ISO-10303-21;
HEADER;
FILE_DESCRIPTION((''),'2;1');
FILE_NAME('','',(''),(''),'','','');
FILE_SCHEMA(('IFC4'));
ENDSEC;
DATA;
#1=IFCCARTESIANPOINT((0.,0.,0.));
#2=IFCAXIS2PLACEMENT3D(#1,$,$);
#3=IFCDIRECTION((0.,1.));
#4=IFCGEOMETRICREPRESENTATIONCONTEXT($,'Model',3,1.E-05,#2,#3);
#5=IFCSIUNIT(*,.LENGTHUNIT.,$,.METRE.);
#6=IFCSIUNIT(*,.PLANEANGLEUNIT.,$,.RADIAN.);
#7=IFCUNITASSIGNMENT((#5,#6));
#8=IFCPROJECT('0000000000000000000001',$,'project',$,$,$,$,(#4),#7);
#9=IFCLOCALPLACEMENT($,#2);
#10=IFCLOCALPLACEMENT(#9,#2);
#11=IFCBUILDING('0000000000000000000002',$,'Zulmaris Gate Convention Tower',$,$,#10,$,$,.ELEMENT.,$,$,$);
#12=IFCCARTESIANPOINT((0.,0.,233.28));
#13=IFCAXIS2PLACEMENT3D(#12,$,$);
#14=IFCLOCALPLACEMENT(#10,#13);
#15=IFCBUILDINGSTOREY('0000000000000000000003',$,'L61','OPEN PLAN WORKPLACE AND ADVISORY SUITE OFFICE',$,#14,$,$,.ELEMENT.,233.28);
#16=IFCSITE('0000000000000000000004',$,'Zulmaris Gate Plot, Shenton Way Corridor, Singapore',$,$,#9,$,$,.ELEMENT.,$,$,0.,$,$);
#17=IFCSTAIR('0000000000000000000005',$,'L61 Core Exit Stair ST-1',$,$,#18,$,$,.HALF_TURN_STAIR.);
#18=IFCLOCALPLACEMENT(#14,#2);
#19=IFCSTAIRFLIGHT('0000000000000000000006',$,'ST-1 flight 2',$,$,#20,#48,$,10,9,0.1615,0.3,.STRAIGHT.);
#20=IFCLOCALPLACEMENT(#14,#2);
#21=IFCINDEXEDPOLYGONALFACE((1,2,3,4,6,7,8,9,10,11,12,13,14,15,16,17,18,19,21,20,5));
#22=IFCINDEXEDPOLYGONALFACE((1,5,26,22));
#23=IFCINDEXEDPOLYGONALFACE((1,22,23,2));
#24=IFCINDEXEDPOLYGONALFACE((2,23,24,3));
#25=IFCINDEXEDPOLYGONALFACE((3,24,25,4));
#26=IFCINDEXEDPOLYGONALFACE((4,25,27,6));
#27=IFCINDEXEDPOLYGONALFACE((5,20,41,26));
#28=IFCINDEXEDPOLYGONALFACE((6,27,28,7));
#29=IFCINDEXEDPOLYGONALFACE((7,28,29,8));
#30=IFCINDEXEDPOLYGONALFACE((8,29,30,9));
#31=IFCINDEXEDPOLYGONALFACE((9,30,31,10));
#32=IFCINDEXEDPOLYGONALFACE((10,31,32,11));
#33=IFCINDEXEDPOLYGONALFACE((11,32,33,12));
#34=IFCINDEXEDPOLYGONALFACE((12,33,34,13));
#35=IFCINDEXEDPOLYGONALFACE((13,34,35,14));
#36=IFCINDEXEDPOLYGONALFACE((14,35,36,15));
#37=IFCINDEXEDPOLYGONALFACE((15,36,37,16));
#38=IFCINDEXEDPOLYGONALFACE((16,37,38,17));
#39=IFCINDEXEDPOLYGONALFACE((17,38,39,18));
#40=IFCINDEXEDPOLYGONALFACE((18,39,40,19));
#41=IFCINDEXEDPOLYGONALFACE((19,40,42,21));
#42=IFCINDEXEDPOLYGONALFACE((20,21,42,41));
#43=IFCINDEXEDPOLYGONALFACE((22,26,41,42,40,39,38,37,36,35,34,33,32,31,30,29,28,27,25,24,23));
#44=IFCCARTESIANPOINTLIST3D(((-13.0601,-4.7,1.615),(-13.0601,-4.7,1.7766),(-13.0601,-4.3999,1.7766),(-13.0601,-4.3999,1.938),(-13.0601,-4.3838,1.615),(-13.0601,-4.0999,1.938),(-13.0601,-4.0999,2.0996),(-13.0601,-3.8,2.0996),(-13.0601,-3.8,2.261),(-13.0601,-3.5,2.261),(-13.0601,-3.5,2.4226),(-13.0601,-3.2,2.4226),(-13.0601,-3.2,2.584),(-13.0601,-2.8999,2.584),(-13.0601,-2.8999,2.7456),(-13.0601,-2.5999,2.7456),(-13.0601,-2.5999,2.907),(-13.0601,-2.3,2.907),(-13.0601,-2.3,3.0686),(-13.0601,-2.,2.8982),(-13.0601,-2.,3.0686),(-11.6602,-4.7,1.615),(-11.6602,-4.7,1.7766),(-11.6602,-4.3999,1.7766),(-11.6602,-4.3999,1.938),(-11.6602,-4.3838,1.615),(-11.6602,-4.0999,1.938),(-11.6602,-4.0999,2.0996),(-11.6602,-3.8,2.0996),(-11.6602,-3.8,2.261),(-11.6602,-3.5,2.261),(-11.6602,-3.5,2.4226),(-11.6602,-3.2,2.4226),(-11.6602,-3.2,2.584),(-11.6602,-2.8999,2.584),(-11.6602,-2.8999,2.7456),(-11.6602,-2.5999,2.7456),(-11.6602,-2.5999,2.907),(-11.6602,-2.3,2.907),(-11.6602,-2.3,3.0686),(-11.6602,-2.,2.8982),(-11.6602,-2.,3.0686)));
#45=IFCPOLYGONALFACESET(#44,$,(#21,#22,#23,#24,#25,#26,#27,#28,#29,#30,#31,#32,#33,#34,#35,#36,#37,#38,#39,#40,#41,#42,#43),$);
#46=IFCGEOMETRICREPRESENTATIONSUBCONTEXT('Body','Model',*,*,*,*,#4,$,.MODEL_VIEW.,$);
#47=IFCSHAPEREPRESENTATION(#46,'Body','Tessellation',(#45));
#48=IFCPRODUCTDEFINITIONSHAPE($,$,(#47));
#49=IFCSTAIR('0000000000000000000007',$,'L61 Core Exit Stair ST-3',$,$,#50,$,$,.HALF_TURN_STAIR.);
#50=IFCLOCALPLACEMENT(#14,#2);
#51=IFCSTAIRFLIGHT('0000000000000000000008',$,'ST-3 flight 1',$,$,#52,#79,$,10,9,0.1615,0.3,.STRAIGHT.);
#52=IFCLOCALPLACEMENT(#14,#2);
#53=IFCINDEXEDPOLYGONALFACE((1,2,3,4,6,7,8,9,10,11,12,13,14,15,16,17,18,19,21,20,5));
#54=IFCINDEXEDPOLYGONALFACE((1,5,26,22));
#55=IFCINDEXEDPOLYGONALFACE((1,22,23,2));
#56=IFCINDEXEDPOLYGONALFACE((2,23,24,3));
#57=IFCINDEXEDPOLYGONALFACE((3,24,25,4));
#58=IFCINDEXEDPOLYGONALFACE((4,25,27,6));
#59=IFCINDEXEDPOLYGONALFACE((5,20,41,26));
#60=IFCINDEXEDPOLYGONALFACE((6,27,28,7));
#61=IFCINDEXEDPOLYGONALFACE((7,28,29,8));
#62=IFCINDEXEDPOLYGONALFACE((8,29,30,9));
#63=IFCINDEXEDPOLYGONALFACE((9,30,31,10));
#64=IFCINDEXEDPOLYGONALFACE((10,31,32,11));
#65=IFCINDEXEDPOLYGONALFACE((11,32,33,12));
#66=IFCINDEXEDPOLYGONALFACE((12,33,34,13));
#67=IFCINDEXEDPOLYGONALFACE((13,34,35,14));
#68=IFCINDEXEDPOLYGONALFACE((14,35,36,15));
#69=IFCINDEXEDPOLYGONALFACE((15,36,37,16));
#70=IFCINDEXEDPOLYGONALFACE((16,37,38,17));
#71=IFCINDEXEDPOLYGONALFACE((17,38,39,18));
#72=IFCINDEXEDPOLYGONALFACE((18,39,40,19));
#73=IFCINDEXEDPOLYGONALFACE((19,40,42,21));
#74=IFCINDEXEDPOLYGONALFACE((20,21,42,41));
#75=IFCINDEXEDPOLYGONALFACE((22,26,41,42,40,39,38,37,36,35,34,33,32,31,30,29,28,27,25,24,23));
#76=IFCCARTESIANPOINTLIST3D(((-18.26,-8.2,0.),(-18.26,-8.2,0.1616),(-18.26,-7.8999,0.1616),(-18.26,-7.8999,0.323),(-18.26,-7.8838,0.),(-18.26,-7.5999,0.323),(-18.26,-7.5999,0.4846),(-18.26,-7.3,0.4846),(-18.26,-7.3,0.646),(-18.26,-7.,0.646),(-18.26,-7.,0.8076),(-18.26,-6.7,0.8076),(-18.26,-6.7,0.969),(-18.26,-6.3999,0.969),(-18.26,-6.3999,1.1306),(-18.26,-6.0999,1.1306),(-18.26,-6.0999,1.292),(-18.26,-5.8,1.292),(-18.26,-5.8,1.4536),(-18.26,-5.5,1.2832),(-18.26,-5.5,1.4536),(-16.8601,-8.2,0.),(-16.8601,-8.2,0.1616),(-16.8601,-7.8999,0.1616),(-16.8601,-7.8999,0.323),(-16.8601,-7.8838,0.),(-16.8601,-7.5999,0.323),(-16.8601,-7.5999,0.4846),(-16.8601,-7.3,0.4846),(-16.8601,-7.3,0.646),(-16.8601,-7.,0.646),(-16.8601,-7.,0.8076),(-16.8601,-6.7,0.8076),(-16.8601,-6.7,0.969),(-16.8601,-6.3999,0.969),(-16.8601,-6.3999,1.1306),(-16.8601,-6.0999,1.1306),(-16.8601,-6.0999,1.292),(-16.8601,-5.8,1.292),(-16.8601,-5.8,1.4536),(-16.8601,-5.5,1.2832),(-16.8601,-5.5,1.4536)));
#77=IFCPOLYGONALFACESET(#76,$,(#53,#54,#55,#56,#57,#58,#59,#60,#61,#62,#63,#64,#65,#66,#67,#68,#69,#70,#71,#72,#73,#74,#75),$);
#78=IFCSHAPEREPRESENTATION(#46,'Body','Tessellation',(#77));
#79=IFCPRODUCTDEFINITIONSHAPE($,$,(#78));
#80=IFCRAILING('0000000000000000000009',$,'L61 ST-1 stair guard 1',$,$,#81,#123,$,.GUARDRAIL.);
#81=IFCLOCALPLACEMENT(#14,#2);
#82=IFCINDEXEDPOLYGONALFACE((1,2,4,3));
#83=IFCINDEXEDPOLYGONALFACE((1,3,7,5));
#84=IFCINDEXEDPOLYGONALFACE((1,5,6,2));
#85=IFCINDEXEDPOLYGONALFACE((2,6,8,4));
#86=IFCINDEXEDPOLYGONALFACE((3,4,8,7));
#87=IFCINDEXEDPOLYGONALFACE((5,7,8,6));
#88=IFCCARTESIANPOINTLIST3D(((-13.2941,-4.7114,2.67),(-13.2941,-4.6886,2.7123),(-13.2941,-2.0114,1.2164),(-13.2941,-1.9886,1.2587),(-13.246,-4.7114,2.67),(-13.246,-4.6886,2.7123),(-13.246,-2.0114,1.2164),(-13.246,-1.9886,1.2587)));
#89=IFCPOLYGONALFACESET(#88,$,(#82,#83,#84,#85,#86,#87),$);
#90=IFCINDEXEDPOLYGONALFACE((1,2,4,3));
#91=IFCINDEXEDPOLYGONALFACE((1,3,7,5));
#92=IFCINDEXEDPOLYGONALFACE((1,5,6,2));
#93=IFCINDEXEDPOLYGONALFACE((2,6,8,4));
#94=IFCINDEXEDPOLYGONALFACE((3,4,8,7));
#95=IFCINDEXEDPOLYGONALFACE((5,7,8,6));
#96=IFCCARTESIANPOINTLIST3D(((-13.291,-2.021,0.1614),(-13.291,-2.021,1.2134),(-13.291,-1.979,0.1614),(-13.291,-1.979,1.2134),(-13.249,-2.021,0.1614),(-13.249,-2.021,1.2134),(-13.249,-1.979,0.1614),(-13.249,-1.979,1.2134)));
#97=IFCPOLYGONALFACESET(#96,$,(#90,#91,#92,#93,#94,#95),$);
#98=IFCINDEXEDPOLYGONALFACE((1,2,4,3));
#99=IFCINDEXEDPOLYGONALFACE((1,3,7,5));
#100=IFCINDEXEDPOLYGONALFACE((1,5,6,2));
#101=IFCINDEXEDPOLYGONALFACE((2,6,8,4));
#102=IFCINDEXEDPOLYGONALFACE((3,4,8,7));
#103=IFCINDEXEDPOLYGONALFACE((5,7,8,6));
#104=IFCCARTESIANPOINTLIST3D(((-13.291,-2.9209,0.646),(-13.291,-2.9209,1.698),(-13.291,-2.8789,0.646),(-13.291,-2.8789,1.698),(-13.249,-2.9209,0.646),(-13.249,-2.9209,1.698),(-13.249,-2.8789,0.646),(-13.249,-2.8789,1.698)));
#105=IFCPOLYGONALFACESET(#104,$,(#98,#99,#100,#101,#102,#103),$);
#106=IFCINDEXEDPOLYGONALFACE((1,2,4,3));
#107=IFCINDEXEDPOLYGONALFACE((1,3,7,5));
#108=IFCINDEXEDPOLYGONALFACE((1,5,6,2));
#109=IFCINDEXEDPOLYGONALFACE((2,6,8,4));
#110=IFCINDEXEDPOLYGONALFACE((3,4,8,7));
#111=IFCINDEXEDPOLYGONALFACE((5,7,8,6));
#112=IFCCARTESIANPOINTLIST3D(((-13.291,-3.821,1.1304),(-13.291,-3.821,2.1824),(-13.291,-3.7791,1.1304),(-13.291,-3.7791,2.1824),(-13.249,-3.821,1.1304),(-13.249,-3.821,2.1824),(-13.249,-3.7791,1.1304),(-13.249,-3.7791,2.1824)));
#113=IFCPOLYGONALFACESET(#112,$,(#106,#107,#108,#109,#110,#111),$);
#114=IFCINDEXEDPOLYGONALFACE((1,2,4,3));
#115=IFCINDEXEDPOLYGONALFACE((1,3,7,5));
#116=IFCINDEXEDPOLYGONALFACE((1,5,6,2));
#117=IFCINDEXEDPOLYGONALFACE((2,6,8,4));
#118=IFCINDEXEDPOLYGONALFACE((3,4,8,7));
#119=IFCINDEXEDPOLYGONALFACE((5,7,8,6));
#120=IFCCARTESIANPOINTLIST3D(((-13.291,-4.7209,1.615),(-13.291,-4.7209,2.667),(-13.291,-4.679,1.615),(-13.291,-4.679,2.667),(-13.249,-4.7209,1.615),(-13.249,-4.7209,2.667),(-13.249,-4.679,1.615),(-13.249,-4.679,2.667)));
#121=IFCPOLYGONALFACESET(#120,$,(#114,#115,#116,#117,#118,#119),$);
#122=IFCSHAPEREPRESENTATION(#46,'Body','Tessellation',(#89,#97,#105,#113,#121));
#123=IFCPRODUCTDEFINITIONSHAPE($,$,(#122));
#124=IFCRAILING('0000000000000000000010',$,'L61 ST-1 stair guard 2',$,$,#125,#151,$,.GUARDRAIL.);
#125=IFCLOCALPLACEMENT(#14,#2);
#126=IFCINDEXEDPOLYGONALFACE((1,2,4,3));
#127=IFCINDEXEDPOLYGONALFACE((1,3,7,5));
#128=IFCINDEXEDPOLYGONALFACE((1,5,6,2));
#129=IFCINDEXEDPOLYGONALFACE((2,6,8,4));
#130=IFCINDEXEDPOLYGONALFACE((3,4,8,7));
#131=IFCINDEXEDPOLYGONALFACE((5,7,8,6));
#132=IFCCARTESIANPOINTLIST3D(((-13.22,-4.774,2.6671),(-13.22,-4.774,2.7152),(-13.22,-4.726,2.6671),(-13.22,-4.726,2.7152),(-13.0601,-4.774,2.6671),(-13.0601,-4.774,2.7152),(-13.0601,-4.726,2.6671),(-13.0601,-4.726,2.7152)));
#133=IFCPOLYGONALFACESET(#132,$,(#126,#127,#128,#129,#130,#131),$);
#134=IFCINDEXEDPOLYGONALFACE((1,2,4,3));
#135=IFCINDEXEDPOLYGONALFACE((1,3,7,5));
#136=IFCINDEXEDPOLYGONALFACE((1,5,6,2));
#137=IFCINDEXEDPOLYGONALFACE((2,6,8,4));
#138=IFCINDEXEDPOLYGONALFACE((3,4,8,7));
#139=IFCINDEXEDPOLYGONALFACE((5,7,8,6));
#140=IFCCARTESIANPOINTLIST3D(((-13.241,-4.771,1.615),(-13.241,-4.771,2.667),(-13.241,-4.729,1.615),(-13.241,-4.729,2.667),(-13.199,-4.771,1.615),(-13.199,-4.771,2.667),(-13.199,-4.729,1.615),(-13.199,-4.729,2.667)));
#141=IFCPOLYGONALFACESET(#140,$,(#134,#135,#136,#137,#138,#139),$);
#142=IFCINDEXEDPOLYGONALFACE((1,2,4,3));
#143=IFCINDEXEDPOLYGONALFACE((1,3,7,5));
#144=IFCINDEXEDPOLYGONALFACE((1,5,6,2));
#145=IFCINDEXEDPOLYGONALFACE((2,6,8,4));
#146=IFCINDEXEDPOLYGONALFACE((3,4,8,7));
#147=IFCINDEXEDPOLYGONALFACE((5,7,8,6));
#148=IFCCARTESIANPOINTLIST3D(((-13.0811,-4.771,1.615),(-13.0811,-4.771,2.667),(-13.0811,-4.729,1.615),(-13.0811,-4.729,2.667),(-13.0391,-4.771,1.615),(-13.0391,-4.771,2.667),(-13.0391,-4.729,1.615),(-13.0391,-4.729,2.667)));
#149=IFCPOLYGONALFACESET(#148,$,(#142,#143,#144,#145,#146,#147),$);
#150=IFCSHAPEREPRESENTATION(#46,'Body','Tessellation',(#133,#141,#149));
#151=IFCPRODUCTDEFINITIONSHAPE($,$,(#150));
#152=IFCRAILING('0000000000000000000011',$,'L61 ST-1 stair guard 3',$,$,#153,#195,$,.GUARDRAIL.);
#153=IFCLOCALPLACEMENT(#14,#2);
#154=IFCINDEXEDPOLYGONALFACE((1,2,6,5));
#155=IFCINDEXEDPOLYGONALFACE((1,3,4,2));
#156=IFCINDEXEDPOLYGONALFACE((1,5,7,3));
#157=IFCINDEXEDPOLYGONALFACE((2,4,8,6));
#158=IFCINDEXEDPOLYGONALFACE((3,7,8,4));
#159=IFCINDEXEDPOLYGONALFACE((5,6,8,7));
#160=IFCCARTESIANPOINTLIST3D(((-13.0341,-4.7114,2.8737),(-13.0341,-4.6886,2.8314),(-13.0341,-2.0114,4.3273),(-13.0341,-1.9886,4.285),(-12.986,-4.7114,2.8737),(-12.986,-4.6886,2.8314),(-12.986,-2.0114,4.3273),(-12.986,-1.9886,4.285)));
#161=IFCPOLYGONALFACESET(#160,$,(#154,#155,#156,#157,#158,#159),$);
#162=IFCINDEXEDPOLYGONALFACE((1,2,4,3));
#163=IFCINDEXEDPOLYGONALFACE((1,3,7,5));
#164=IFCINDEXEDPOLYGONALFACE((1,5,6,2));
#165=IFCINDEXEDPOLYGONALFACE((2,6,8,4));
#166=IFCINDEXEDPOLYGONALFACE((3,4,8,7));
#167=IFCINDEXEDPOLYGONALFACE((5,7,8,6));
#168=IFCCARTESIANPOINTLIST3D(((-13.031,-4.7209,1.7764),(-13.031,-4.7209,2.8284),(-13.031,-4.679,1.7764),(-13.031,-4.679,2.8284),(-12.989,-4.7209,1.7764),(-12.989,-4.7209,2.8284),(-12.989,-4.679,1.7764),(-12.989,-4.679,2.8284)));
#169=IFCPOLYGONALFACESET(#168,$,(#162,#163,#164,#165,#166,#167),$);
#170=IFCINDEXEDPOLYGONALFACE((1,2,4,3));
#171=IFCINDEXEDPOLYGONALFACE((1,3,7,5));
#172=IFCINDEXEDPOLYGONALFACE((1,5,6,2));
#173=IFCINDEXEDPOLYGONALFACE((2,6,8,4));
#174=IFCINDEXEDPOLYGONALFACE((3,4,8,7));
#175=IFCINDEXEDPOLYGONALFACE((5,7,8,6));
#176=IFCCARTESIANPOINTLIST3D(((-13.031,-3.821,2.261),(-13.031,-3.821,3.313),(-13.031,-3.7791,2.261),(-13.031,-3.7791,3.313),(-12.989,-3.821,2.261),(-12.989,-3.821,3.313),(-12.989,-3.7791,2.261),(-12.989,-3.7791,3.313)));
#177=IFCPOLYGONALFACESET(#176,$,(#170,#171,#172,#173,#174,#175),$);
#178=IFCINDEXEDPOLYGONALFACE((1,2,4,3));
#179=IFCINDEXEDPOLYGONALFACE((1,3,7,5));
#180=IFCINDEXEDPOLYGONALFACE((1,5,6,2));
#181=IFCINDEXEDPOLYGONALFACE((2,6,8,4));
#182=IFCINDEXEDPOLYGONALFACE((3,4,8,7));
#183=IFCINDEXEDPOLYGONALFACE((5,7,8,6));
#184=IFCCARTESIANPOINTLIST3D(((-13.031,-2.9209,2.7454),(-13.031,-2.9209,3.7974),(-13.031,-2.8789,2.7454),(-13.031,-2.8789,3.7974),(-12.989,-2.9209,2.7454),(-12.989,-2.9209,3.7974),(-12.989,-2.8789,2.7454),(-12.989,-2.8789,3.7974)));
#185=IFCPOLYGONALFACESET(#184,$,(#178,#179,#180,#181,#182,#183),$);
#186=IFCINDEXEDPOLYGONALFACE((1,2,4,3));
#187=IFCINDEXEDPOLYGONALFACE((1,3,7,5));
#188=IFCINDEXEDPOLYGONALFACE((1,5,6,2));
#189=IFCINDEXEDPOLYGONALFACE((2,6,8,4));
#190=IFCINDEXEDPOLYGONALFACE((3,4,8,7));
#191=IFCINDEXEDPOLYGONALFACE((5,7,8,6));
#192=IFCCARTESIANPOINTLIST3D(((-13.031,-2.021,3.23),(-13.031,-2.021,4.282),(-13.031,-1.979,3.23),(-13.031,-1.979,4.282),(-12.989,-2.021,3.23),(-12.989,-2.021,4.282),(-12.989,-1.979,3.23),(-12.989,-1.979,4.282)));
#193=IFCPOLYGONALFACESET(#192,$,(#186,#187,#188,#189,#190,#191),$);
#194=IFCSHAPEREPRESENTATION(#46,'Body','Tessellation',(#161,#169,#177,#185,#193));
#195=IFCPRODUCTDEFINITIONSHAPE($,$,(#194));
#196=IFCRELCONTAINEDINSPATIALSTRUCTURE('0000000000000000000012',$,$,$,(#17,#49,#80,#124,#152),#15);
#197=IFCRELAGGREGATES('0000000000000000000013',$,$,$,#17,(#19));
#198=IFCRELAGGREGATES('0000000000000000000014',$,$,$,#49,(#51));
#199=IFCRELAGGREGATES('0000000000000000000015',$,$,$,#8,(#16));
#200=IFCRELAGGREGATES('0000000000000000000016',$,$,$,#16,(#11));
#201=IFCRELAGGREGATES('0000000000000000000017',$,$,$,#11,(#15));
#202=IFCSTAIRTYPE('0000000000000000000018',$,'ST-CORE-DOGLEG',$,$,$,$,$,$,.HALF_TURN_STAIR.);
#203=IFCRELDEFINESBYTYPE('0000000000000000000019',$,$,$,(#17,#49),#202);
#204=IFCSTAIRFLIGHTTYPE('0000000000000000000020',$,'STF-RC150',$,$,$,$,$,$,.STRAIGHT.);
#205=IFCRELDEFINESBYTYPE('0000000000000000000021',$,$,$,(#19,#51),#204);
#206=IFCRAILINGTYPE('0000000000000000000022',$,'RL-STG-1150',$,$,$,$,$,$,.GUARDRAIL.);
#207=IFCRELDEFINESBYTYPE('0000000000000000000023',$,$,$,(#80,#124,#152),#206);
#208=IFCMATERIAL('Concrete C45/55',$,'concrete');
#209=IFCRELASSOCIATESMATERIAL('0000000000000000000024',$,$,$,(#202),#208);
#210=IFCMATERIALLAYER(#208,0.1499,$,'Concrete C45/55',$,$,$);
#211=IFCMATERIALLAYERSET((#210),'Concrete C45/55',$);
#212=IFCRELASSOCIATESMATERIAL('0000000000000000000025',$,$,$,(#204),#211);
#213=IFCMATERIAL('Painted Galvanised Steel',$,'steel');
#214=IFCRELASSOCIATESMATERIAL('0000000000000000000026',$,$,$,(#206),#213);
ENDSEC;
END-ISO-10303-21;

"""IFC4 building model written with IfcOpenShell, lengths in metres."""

from ifc_helpers import new_model, si_unit, direction, frame, origin, origin_2d, place, context, subcontext, project, spatial, polyline, rectangle, outline, extrude, material, layer, layer_set, type_object, element, aggregate, save


model = new_model("IFC4")

# Units and contexts
model_context = context("Model", 3, precision=1e-05, world=origin(), true_north=direction((0.0, 1.0)))
body_context = subcontext(model_context, "Body", "Model", "MODEL_VIEW")
ifc_project = project(units=[si_unit("LENGTHUNIT", "METRE"), si_unit("PLANEANGLEUNIT", "RADIAN")], contexts=[model_context])

# Site, building, storey
site_placement = place(None, origin())
site = spatial("IfcSite", under=ifc_project, at=site_placement, Name="Zulmaris Gate Plot, Shenton Way Corridor, Singapore", CompositionType="ELEMENT", RefElevation=0.0)
building_placement = place(site_placement, origin())
building = spatial("IfcBuilding", under=site, at=building_placement, Name="Zulmaris Gate Convention Tower", CompositionType="ELEMENT")
storey_placement = place(building_placement, frame((0.0, 0.0, 233.28)))
storey = spatial("IfcBuildingStorey", under=building, at=storey_placement, Name="L61", Description="OPEN PLAN WORKPLACE AND ADVISORY SUITE OFFICE", CompositionType="ELEMENT", Elevation=233.28)

# Stair, stair flight
ifc_material_1 = material(Name="Concrete C45/55", Category="concrete")
stair_type = type_object("IfcStairType", Name="ST-CORE-DOGLEG", PredefinedType="HALF_TURN_STAIR", material=ifc_material_1)
stair_1_placement = place(storey_placement, origin())
stair_1 = element("IfcStair", 1, at=stair_1_placement, inside=storey, type_object=stair_type, Name="L61 Core Exit Stair ST-1", PredefinedType="HALF_TURN_STAIR")
ifc_layer_1 = layer(ifc_material_1, 0.1499, Name="Concrete C45/55")
ifc_layer_set_1 = layer_set([ifc_layer_1], Name="Concrete C45/55")
stair_flight_type = type_object("IfcStairFlightType", Name="STF-RC150", PredefinedType="STRAIGHT", material=ifc_layer_set_1)
stair_flight_1_placement = place(storey_placement, frame((-12.3601, -4.7, 1.615), z_axis=(0.0, 0.0, 1.0), x_axis=(0.0, 1.0, 0.0)))
stair_flight_1 = element("IfcStairFlight", 2, at=stair_flight_1_placement, type_object=stair_flight_type, Name="ST-1 flight 2", NumberOfRisers=10, NumberOfTreads=9, PredefinedType="STRAIGHT", RiserHeight=0.1615, TreadLength=0.3, context=body_context, shape_type="SweptSolid", body=[
    extrude(outline(polyline([(0.0, 0.0), (0.0, 0.1616), (0.3, 0.1616), (0.3, 0.323), (0.6001, 0.323), (0.6001, 0.4846), (0.8999, 0.4846), (0.8999, 0.646), (1.2, 0.646), (1.2, 0.8076), (1.5, 0.8076), (1.5, 0.969), (1.8, 0.969), (1.8, 1.1306), (2.1001, 1.1306), (2.1001, 1.292), (2.3999, 1.292), (2.3999, 1.4536), (2.7, 1.4536), (2.7, 1.615), (2.7, 1.2832), (0.3162, 0.0), (0.0, 0.0)])), frame((0.0, 0.7, 0.0), z_axis=(0.0, -1.0, 0.0), x_axis=(1.0, 0.0, 0.0)), (0.0, 0.0, 1.0), 1.3999),
])
aggregate(stair_1, [stair_flight_1])

# Stair, stair flight
stair_2_placement = place(storey_placement, origin())
stair_2 = element("IfcStair", 3, at=stair_2_placement, inside=storey, type_object=stair_type, Name="L61 Core Exit Stair ST-3", PredefinedType="HALF_TURN_STAIR")
stair_flight_2_placement = place(storey_placement, frame((-17.5601, -8.2, 0.0), z_axis=(0.0, 0.0, 1.0), x_axis=(0.0, 1.0, 0.0)))
stair_flight_2 = element("IfcStairFlight", 4, at=stair_flight_2_placement, type_object=stair_flight_type, Name="ST-3 flight 1", NumberOfRisers=10, NumberOfTreads=9, PredefinedType="STRAIGHT", RiserHeight=0.1615, TreadLength=0.3, context=body_context, shape_type="SweptSolid", body=[
    extrude(outline(polyline([(0.0, 0.0), (0.0, 0.1616), (0.3, 0.1616), (0.3, 0.323), (0.6001, 0.323), (0.6001, 0.4846), (0.8999, 0.4846), (0.8999, 0.646), (1.2, 0.646), (1.2, 0.8076), (1.5, 0.8076), (1.5, 0.969), (1.8, 0.969), (1.8, 1.1306), (2.1001, 1.1306), (2.1001, 1.292), (2.3999, 1.292), (2.3999, 1.4536), (2.7, 1.4536), (2.7, 1.615), (2.7, 1.2832), (0.3162, 0.0), (0.0, 0.0)])), frame((0.0, 0.7, 0.0), z_axis=(0.0, -1.0, 0.0), x_axis=(1.0, 0.0, 0.0)), (0.0, 0.0, 1.0), 1.3999),
])
aggregate(stair_2, [stair_flight_2])

# Railings
ifc_material_2 = material(Name="Painted Galvanised Steel", Category="steel")
railing_type_1 = type_object("IfcRailingType", Name="RL-STG-1150", PredefinedType="GUARDRAIL", material=ifc_material_2)
railing_1_placement = place(storey_placement, frame((-13.27, -2.0, 0.1614)))
element("IfcRailing", 5, at=railing_1_placement, inside=storey, type_object=railing_type_1, Name="L61 ST-1 stair guard 1", PredefinedType="GUARDRAIL", context=body_context, shape_type="SweptSolid", body=[
    extrude(rectangle(XDim=0.0481, YDim=0.0481, at=origin_2d()), frame((0.0, 0.0, 1.0762), z_axis=(0.0, -0.880499, 0.474048), x_axis=(1.0, 0.0, 0.0)), (0.0, 0.0, 1.0), 3.0664),
    extrude(rectangle(XDim=0.042, YDim=0.042, at=origin_2d()), origin(), (0.0, 0.0, 1.0), 1.052),
    extrude(rectangle(XDim=0.042, YDim=0.042, at=origin_2d()), frame((0.0, -0.8999, 0.4846)), (0.0, 0.0, 1.0), 1.052),
    extrude(rectangle(XDim=0.042, YDim=0.042, at=origin_2d()), frame((0.0, -1.8, 0.969)), (0.0, 0.0, 1.0), 1.052),
    extrude(rectangle(XDim=0.042, YDim=0.042, at=origin_2d()), frame((0.0, -2.7, 1.4536)), (0.0, 0.0, 1.0), 1.052),
])
railing_2_placement = place(storey_placement, frame((-13.22, -4.75, 1.615)))
element("IfcRailing", 6, at=railing_2_placement, inside=storey, type_object=railing_type_1, Name="L61 ST-1 stair guard 2", PredefinedType="GUARDRAIL", context=body_context, shape_type="SweptSolid", body=[
    extrude(rectangle(XDim=0.0481, YDim=0.0481, at=origin_2d()), frame((0.0, 0.0, 1.0762), z_axis=(1.0, 0.0, 0.0), x_axis=(0.0, 1.0, 0.0)), (0.0, 0.0, 1.0), 0.1599),
    extrude(rectangle(XDim=0.042, YDim=0.042, at=origin_2d()), origin(), (0.0, 0.0, 1.0), 1.052),
    extrude(rectangle(XDim=0.042, YDim=0.042, at=origin_2d()), frame((0.1599, 0.0, 0.0)), (0.0, 0.0, 1.0), 1.052),
])
railing_3_placement = place(storey_placement, frame((-13.01, -4.7, 1.7764)))
element("IfcRailing", 7, at=railing_3_placement, inside=storey, type_object=railing_type_1, Name="L61 ST-1 stair guard 3", PredefinedType="GUARDRAIL", context=body_context, shape_type="SweptSolid", body=[
    extrude(rectangle(XDim=0.0481, YDim=0.0481, at=origin_2d()), frame((0.0, 0.0, 1.0762), z_axis=(0.0, 0.880499, 0.474048), x_axis=(-1.0, 0.0, 0.0)), (0.0, 0.0, 1.0), 3.0664),
    extrude(rectangle(XDim=0.042, YDim=0.042, at=origin_2d()), origin(), (0.0, 0.0, 1.0), 1.052),
    extrude(rectangle(XDim=0.042, YDim=0.042, at=origin_2d()), frame((0.0, 0.8999, 0.4846)), (0.0, 0.0, 1.0), 1.052),
    extrude(rectangle(XDim=0.042, YDim=0.042, at=origin_2d()), frame((0.0, 1.8, 0.969)), (0.0, 0.0, 1.0), 1.052),
    extrude(rectangle(XDim=0.042, YDim=0.042, at=origin_2d()), frame((0.0, 2.7, 1.4536)), (0.0, 0.0, 1.0), 1.052),
])

save(model, "model.ifc")
